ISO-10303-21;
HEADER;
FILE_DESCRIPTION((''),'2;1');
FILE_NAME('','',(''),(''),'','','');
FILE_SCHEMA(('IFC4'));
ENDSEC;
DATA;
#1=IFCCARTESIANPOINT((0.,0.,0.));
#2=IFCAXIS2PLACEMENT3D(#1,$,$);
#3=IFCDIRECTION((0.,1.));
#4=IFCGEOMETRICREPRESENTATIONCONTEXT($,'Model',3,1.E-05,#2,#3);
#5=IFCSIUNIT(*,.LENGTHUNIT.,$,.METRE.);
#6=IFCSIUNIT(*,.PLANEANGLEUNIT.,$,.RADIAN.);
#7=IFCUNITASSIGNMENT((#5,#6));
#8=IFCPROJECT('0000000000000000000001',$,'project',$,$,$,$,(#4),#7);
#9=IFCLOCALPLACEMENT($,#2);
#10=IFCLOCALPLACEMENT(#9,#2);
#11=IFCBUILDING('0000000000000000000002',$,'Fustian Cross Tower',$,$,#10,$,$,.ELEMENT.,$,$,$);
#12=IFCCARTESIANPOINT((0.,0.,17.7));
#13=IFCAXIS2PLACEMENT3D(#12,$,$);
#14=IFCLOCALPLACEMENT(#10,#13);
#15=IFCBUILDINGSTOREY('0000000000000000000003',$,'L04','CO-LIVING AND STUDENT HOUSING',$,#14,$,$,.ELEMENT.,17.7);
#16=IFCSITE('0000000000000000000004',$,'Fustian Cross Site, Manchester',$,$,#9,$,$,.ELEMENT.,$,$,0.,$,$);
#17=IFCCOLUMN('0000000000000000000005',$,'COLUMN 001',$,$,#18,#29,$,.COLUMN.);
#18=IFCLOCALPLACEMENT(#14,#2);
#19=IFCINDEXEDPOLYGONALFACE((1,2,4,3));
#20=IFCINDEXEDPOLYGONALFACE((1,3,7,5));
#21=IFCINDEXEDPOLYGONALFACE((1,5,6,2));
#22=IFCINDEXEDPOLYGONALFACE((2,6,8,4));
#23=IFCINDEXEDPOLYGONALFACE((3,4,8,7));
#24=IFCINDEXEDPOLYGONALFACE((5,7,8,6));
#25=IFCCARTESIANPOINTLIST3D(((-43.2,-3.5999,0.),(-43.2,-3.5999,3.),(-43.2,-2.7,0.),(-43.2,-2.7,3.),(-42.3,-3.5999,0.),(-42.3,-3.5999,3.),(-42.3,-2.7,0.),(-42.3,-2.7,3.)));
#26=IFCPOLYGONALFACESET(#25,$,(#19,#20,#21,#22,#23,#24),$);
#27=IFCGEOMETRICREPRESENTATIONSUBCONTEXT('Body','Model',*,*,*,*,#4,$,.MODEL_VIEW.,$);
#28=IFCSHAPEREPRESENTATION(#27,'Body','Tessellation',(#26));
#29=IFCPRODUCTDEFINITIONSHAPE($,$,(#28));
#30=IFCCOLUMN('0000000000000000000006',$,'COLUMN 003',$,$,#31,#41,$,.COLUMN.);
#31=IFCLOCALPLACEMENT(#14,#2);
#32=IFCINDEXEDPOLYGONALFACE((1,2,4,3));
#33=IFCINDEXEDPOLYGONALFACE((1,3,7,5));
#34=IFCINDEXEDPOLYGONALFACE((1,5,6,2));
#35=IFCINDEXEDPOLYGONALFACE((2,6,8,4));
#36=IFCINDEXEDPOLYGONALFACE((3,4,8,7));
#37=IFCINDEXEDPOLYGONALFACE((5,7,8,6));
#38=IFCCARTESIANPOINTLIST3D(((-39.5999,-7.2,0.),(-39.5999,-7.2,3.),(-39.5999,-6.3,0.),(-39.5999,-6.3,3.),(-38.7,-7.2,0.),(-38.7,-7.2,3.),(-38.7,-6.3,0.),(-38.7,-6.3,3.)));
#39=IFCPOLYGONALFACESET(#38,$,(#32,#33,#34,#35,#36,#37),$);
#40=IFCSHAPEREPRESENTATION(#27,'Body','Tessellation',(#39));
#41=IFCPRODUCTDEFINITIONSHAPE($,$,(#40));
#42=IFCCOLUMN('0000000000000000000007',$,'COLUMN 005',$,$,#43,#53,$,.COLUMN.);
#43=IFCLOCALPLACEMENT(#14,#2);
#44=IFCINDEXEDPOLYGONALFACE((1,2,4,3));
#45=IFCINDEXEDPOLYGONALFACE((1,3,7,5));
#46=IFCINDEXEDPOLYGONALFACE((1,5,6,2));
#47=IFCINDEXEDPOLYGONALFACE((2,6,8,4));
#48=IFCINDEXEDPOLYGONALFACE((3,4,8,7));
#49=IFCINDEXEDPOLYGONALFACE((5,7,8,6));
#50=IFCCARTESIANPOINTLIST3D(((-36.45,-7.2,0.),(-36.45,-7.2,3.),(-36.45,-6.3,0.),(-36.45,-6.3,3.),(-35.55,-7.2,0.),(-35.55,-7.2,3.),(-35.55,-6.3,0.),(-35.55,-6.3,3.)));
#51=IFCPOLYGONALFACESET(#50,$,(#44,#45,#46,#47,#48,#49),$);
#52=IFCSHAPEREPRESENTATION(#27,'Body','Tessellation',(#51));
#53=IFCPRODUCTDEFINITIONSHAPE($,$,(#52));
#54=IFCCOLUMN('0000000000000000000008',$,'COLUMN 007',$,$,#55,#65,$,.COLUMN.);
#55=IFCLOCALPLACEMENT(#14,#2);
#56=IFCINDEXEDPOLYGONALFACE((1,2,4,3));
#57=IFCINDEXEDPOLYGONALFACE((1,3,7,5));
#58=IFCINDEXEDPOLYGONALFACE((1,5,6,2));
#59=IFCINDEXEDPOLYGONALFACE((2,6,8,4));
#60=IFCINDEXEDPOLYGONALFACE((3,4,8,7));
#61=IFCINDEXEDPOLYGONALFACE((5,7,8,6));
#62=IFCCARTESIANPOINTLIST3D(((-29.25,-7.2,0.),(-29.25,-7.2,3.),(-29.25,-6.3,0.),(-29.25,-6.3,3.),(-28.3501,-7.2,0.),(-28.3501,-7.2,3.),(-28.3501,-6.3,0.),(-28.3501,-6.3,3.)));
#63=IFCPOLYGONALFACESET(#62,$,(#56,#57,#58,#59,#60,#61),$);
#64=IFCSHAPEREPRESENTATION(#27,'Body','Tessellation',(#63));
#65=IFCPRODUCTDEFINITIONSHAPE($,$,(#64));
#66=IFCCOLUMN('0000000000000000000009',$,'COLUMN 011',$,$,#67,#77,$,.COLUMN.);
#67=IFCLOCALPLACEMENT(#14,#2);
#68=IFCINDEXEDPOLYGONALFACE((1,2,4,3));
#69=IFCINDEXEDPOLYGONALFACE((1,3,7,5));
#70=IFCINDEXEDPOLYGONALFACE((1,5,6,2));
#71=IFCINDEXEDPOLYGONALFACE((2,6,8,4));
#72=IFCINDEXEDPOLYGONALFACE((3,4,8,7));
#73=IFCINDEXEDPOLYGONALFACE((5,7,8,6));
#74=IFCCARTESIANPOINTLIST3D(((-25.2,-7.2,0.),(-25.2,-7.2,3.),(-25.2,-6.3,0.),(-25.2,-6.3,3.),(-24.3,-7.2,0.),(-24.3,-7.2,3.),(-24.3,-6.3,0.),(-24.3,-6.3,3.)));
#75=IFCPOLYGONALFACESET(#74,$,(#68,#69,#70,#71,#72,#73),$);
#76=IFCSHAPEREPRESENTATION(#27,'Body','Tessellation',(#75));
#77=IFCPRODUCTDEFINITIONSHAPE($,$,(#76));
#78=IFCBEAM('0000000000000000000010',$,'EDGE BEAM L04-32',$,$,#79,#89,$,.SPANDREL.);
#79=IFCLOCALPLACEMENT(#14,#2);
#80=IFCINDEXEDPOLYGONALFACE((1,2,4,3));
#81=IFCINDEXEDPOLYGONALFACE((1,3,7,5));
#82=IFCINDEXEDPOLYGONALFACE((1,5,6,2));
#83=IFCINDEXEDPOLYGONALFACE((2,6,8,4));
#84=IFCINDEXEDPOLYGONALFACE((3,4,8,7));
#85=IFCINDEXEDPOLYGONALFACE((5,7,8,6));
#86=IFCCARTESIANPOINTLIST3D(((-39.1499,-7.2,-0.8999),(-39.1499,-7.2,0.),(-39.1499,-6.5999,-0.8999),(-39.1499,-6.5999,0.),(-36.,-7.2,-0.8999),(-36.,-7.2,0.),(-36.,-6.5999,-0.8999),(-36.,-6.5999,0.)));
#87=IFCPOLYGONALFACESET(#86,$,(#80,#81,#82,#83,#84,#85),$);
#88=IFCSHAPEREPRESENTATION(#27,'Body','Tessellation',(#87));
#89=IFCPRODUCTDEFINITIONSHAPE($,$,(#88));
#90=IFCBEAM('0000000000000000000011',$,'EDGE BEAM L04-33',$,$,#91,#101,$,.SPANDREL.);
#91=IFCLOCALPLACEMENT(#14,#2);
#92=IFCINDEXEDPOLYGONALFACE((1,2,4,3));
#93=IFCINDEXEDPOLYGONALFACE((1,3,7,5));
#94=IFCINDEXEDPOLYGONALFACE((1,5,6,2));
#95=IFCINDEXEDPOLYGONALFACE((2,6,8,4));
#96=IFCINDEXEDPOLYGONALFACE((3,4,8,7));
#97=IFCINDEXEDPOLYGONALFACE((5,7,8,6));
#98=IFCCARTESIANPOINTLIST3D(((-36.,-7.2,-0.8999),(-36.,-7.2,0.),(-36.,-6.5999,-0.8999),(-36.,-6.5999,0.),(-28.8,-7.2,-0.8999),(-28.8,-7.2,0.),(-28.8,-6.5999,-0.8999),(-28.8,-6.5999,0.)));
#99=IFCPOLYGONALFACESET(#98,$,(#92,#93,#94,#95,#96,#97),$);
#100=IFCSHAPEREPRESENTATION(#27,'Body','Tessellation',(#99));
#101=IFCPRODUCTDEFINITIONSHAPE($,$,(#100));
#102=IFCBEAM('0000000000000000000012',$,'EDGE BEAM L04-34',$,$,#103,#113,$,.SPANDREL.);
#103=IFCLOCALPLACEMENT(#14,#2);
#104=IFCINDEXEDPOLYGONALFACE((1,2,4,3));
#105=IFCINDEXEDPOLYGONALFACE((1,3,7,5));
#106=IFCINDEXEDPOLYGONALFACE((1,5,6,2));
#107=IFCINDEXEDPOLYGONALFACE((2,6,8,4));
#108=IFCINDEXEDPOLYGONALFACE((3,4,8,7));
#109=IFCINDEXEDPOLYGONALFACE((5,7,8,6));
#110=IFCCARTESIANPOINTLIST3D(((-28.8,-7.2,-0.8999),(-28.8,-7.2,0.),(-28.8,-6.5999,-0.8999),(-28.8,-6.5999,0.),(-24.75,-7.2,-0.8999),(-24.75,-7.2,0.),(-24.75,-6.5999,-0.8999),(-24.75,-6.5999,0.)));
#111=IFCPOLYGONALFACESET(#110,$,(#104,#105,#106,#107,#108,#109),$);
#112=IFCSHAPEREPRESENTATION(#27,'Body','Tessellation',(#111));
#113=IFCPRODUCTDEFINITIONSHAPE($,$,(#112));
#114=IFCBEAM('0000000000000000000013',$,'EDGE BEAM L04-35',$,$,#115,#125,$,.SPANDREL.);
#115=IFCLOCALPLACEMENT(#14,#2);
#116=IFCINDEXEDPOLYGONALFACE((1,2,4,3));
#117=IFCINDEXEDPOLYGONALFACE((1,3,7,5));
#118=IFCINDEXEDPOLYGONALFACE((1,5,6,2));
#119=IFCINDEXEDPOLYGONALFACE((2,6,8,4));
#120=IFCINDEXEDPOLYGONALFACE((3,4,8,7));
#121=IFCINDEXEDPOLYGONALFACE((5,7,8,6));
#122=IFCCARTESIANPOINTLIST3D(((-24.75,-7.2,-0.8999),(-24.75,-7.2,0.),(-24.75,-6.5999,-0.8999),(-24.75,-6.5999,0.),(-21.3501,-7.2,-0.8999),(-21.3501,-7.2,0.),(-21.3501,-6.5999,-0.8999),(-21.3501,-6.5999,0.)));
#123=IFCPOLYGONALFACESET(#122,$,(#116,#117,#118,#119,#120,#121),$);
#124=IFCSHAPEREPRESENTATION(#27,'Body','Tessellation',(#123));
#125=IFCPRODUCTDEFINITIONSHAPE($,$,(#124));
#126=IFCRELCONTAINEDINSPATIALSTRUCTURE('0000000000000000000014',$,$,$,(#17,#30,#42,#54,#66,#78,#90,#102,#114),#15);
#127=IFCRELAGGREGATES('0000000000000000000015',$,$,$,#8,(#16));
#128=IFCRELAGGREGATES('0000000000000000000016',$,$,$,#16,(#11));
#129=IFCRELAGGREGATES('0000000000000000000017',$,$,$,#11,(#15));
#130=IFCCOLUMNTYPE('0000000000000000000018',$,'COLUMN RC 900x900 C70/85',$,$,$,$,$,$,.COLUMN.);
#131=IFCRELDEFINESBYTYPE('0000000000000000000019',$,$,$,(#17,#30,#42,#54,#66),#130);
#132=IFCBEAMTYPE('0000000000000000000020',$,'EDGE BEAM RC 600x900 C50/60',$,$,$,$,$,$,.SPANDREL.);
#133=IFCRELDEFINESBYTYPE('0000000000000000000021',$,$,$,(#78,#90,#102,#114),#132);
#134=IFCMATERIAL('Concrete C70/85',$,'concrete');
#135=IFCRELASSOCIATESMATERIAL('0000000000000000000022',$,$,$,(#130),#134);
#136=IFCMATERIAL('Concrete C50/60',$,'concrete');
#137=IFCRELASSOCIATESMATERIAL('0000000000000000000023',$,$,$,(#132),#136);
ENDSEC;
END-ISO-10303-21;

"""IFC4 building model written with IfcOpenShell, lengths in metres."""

from ifc_helpers import new_model, si_unit, direction, frame, origin, origin_2d, place, context, subcontext, project, spatial, rectangle, extrude, material, material_profile, profile_set, type_object, element, save


model = new_model("IFC4")

# Units and contexts
model_context = context("Model", 3, precision=1e-05, world=origin(), true_north=direction((0.0, 1.0)))
body_context = subcontext(model_context, "Body", "Model", "MODEL_VIEW")
ifc_project = project(units=[si_unit("LENGTHUNIT", "METRE"), si_unit("PLANEANGLEUNIT", "RADIAN")], contexts=[model_context])

# Site, building, storey
site_placement = place(None, origin())
site = spatial("IfcSite", under=ifc_project, at=site_placement, Name="Fustian Cross Site, Manchester", CompositionType="ELEMENT", RefElevation=0.0)
building_placement = place(site_placement, origin())
building = spatial("IfcBuilding", under=site, at=building_placement, Name="Fustian Cross Tower", CompositionType="ELEMENT")
storey_placement = place(building_placement, frame((0.0, 0.0, 17.7)))
storey = spatial("IfcBuildingStorey", under=building, at=storey_placement, Name="L04", Description="CO-LIVING AND STUDENT HOUSING", CompositionType="ELEMENT", Elevation=17.7)

# Columns
ifc_material_1 = material(Name="Concrete C70/85", Category="concrete")
ifc_material_profile_1 = material_profile(ifc_material_1, rectangle(XDim=0.8999, YDim=0.8999, at=origin_2d()), Name="RC 900x900")
ifc_profile_set_1 = profile_set([ifc_material_profile_1], Name="Concrete C70/85")
column_type = type_object("IfcColumnType", Name="COLUMN RC 900x900 C70/85", PredefinedType="COLUMN", material=ifc_profile_set_1)
for number, where, z_axis, x_axis, name in (
    (1, (-42.75, -3.1499, 0.0), (0.0, 0.0, 1.0), (1.0, 0.0, 0.0), "COLUMN 001"),
    (2, (-39.1499, -6.75, 0.0), (0.0, 0.0, 1.0), (1.0, 0.0, 0.0), "COLUMN 003"),
    (3, (-36.0, -6.75, 0.0), (0.0, 0.0, 1.0), (1.0, 0.0, 0.0), "COLUMN 005"),
    (4, (-28.8, -6.75, 0.0), (0.0, 0.0, 1.0), (1.0, 0.0, 0.0), "COLUMN 007"),
    (5, (-24.75, -6.75, 0.0), (0.0, 0.0, 1.0), (1.0, 0.0, 0.0), "COLUMN 011"),
):
    element("IfcColumn", number, at=place(storey_placement, frame(where, z_axis=z_axis, x_axis=x_axis)), inside=storey, type_object=column_type, Name=name, PredefinedType="COLUMN", context=body_context, shape_type="SweptSolid", body=[
        extrude(rectangle(XDim=0.8999, YDim=0.8999, at=origin_2d()), origin(), (0.0, 0.0, 1.0), 3.0),
    ])

# Beams
ifc_material_2 = material(Name="Concrete C50/60", Category="concrete")
ifc_material_profile_2 = material_profile(ifc_material_2, rectangle(XDim=0.6001, YDim=0.8999, at=origin_2d()), Name="RC 600x900")
ifc_profile_set_2 = profile_set([ifc_material_profile_2], Name="Concrete C50/60")
beam_type = type_object("IfcBeamType", Name="EDGE BEAM RC 600x900 C50/60", PredefinedType="SPANDREL", material=ifc_profile_set_2)
beam_1_placement = place(storey_placement, frame((-39.1499, -6.8999, -0.45), z_axis=(1.0, 0.0, 0.0), x_axis=(0.0, 1.0, 0.0)))
element("IfcBeam", 6, at=beam_1_placement, inside=storey, type_object=beam_type, Name="EDGE BEAM L04-32", PredefinedType="SPANDREL", context=body_context, shape_type="SweptSolid", body=[
    extrude(rectangle(XDim=0.6001, YDim=0.8999, at=origin_2d()), origin(), (0.0, 0.0, 1.0), 3.1499),
])
beam_2_placement = place(storey_placement, frame((-36.0, -6.8999, -0.45), z_axis=(1.0, 0.0, 0.0), x_axis=(0.0, 1.0, 0.0)))
element("IfcBeam", 7, at=beam_2_placement, inside=storey, type_object=beam_type, Name="EDGE BEAM L04-33", PredefinedType="SPANDREL", context=body_context, shape_type="SweptSolid", body=[
    extrude(rectangle(XDim=0.6001, YDim=0.8999, at=origin_2d()), origin(), (0.0, 0.0, 1.0), 7.2),
])
beam_3_placement = place(storey_placement, frame((-28.8, -6.8999, -0.45), z_axis=(1.0, 0.0, 0.0), x_axis=(0.0, 1.0, 0.0)))
element("IfcBeam", 8, at=beam_3_placement, inside=storey, type_object=beam_type, Name="EDGE BEAM L04-34", PredefinedType="SPANDREL", context=body_context, shape_type="SweptSolid", body=[
    extrude(rectangle(XDim=0.6001, YDim=0.8999, at=origin_2d()), origin(), (0.0, 0.0, 1.0), 4.05),
])
beam_4_placement = place(storey_placement, frame((-24.75, -6.8999, -0.45), z_axis=(1.0, 0.0, 0.0), x_axis=(0.0, 1.0, 0.0)))
element("IfcBeam", 9, at=beam_4_placement, inside=storey, type_object=beam_type, Name="EDGE BEAM L04-35", PredefinedType="SPANDREL", context=body_context, shape_type="SweptSolid", body=[
    extrude(rectangle(XDim=0.6001, YDim=0.8999, at=origin_2d()), origin(), (0.0, 0.0, 1.0), 3.3999),
])

save(model, "model.ifc")
